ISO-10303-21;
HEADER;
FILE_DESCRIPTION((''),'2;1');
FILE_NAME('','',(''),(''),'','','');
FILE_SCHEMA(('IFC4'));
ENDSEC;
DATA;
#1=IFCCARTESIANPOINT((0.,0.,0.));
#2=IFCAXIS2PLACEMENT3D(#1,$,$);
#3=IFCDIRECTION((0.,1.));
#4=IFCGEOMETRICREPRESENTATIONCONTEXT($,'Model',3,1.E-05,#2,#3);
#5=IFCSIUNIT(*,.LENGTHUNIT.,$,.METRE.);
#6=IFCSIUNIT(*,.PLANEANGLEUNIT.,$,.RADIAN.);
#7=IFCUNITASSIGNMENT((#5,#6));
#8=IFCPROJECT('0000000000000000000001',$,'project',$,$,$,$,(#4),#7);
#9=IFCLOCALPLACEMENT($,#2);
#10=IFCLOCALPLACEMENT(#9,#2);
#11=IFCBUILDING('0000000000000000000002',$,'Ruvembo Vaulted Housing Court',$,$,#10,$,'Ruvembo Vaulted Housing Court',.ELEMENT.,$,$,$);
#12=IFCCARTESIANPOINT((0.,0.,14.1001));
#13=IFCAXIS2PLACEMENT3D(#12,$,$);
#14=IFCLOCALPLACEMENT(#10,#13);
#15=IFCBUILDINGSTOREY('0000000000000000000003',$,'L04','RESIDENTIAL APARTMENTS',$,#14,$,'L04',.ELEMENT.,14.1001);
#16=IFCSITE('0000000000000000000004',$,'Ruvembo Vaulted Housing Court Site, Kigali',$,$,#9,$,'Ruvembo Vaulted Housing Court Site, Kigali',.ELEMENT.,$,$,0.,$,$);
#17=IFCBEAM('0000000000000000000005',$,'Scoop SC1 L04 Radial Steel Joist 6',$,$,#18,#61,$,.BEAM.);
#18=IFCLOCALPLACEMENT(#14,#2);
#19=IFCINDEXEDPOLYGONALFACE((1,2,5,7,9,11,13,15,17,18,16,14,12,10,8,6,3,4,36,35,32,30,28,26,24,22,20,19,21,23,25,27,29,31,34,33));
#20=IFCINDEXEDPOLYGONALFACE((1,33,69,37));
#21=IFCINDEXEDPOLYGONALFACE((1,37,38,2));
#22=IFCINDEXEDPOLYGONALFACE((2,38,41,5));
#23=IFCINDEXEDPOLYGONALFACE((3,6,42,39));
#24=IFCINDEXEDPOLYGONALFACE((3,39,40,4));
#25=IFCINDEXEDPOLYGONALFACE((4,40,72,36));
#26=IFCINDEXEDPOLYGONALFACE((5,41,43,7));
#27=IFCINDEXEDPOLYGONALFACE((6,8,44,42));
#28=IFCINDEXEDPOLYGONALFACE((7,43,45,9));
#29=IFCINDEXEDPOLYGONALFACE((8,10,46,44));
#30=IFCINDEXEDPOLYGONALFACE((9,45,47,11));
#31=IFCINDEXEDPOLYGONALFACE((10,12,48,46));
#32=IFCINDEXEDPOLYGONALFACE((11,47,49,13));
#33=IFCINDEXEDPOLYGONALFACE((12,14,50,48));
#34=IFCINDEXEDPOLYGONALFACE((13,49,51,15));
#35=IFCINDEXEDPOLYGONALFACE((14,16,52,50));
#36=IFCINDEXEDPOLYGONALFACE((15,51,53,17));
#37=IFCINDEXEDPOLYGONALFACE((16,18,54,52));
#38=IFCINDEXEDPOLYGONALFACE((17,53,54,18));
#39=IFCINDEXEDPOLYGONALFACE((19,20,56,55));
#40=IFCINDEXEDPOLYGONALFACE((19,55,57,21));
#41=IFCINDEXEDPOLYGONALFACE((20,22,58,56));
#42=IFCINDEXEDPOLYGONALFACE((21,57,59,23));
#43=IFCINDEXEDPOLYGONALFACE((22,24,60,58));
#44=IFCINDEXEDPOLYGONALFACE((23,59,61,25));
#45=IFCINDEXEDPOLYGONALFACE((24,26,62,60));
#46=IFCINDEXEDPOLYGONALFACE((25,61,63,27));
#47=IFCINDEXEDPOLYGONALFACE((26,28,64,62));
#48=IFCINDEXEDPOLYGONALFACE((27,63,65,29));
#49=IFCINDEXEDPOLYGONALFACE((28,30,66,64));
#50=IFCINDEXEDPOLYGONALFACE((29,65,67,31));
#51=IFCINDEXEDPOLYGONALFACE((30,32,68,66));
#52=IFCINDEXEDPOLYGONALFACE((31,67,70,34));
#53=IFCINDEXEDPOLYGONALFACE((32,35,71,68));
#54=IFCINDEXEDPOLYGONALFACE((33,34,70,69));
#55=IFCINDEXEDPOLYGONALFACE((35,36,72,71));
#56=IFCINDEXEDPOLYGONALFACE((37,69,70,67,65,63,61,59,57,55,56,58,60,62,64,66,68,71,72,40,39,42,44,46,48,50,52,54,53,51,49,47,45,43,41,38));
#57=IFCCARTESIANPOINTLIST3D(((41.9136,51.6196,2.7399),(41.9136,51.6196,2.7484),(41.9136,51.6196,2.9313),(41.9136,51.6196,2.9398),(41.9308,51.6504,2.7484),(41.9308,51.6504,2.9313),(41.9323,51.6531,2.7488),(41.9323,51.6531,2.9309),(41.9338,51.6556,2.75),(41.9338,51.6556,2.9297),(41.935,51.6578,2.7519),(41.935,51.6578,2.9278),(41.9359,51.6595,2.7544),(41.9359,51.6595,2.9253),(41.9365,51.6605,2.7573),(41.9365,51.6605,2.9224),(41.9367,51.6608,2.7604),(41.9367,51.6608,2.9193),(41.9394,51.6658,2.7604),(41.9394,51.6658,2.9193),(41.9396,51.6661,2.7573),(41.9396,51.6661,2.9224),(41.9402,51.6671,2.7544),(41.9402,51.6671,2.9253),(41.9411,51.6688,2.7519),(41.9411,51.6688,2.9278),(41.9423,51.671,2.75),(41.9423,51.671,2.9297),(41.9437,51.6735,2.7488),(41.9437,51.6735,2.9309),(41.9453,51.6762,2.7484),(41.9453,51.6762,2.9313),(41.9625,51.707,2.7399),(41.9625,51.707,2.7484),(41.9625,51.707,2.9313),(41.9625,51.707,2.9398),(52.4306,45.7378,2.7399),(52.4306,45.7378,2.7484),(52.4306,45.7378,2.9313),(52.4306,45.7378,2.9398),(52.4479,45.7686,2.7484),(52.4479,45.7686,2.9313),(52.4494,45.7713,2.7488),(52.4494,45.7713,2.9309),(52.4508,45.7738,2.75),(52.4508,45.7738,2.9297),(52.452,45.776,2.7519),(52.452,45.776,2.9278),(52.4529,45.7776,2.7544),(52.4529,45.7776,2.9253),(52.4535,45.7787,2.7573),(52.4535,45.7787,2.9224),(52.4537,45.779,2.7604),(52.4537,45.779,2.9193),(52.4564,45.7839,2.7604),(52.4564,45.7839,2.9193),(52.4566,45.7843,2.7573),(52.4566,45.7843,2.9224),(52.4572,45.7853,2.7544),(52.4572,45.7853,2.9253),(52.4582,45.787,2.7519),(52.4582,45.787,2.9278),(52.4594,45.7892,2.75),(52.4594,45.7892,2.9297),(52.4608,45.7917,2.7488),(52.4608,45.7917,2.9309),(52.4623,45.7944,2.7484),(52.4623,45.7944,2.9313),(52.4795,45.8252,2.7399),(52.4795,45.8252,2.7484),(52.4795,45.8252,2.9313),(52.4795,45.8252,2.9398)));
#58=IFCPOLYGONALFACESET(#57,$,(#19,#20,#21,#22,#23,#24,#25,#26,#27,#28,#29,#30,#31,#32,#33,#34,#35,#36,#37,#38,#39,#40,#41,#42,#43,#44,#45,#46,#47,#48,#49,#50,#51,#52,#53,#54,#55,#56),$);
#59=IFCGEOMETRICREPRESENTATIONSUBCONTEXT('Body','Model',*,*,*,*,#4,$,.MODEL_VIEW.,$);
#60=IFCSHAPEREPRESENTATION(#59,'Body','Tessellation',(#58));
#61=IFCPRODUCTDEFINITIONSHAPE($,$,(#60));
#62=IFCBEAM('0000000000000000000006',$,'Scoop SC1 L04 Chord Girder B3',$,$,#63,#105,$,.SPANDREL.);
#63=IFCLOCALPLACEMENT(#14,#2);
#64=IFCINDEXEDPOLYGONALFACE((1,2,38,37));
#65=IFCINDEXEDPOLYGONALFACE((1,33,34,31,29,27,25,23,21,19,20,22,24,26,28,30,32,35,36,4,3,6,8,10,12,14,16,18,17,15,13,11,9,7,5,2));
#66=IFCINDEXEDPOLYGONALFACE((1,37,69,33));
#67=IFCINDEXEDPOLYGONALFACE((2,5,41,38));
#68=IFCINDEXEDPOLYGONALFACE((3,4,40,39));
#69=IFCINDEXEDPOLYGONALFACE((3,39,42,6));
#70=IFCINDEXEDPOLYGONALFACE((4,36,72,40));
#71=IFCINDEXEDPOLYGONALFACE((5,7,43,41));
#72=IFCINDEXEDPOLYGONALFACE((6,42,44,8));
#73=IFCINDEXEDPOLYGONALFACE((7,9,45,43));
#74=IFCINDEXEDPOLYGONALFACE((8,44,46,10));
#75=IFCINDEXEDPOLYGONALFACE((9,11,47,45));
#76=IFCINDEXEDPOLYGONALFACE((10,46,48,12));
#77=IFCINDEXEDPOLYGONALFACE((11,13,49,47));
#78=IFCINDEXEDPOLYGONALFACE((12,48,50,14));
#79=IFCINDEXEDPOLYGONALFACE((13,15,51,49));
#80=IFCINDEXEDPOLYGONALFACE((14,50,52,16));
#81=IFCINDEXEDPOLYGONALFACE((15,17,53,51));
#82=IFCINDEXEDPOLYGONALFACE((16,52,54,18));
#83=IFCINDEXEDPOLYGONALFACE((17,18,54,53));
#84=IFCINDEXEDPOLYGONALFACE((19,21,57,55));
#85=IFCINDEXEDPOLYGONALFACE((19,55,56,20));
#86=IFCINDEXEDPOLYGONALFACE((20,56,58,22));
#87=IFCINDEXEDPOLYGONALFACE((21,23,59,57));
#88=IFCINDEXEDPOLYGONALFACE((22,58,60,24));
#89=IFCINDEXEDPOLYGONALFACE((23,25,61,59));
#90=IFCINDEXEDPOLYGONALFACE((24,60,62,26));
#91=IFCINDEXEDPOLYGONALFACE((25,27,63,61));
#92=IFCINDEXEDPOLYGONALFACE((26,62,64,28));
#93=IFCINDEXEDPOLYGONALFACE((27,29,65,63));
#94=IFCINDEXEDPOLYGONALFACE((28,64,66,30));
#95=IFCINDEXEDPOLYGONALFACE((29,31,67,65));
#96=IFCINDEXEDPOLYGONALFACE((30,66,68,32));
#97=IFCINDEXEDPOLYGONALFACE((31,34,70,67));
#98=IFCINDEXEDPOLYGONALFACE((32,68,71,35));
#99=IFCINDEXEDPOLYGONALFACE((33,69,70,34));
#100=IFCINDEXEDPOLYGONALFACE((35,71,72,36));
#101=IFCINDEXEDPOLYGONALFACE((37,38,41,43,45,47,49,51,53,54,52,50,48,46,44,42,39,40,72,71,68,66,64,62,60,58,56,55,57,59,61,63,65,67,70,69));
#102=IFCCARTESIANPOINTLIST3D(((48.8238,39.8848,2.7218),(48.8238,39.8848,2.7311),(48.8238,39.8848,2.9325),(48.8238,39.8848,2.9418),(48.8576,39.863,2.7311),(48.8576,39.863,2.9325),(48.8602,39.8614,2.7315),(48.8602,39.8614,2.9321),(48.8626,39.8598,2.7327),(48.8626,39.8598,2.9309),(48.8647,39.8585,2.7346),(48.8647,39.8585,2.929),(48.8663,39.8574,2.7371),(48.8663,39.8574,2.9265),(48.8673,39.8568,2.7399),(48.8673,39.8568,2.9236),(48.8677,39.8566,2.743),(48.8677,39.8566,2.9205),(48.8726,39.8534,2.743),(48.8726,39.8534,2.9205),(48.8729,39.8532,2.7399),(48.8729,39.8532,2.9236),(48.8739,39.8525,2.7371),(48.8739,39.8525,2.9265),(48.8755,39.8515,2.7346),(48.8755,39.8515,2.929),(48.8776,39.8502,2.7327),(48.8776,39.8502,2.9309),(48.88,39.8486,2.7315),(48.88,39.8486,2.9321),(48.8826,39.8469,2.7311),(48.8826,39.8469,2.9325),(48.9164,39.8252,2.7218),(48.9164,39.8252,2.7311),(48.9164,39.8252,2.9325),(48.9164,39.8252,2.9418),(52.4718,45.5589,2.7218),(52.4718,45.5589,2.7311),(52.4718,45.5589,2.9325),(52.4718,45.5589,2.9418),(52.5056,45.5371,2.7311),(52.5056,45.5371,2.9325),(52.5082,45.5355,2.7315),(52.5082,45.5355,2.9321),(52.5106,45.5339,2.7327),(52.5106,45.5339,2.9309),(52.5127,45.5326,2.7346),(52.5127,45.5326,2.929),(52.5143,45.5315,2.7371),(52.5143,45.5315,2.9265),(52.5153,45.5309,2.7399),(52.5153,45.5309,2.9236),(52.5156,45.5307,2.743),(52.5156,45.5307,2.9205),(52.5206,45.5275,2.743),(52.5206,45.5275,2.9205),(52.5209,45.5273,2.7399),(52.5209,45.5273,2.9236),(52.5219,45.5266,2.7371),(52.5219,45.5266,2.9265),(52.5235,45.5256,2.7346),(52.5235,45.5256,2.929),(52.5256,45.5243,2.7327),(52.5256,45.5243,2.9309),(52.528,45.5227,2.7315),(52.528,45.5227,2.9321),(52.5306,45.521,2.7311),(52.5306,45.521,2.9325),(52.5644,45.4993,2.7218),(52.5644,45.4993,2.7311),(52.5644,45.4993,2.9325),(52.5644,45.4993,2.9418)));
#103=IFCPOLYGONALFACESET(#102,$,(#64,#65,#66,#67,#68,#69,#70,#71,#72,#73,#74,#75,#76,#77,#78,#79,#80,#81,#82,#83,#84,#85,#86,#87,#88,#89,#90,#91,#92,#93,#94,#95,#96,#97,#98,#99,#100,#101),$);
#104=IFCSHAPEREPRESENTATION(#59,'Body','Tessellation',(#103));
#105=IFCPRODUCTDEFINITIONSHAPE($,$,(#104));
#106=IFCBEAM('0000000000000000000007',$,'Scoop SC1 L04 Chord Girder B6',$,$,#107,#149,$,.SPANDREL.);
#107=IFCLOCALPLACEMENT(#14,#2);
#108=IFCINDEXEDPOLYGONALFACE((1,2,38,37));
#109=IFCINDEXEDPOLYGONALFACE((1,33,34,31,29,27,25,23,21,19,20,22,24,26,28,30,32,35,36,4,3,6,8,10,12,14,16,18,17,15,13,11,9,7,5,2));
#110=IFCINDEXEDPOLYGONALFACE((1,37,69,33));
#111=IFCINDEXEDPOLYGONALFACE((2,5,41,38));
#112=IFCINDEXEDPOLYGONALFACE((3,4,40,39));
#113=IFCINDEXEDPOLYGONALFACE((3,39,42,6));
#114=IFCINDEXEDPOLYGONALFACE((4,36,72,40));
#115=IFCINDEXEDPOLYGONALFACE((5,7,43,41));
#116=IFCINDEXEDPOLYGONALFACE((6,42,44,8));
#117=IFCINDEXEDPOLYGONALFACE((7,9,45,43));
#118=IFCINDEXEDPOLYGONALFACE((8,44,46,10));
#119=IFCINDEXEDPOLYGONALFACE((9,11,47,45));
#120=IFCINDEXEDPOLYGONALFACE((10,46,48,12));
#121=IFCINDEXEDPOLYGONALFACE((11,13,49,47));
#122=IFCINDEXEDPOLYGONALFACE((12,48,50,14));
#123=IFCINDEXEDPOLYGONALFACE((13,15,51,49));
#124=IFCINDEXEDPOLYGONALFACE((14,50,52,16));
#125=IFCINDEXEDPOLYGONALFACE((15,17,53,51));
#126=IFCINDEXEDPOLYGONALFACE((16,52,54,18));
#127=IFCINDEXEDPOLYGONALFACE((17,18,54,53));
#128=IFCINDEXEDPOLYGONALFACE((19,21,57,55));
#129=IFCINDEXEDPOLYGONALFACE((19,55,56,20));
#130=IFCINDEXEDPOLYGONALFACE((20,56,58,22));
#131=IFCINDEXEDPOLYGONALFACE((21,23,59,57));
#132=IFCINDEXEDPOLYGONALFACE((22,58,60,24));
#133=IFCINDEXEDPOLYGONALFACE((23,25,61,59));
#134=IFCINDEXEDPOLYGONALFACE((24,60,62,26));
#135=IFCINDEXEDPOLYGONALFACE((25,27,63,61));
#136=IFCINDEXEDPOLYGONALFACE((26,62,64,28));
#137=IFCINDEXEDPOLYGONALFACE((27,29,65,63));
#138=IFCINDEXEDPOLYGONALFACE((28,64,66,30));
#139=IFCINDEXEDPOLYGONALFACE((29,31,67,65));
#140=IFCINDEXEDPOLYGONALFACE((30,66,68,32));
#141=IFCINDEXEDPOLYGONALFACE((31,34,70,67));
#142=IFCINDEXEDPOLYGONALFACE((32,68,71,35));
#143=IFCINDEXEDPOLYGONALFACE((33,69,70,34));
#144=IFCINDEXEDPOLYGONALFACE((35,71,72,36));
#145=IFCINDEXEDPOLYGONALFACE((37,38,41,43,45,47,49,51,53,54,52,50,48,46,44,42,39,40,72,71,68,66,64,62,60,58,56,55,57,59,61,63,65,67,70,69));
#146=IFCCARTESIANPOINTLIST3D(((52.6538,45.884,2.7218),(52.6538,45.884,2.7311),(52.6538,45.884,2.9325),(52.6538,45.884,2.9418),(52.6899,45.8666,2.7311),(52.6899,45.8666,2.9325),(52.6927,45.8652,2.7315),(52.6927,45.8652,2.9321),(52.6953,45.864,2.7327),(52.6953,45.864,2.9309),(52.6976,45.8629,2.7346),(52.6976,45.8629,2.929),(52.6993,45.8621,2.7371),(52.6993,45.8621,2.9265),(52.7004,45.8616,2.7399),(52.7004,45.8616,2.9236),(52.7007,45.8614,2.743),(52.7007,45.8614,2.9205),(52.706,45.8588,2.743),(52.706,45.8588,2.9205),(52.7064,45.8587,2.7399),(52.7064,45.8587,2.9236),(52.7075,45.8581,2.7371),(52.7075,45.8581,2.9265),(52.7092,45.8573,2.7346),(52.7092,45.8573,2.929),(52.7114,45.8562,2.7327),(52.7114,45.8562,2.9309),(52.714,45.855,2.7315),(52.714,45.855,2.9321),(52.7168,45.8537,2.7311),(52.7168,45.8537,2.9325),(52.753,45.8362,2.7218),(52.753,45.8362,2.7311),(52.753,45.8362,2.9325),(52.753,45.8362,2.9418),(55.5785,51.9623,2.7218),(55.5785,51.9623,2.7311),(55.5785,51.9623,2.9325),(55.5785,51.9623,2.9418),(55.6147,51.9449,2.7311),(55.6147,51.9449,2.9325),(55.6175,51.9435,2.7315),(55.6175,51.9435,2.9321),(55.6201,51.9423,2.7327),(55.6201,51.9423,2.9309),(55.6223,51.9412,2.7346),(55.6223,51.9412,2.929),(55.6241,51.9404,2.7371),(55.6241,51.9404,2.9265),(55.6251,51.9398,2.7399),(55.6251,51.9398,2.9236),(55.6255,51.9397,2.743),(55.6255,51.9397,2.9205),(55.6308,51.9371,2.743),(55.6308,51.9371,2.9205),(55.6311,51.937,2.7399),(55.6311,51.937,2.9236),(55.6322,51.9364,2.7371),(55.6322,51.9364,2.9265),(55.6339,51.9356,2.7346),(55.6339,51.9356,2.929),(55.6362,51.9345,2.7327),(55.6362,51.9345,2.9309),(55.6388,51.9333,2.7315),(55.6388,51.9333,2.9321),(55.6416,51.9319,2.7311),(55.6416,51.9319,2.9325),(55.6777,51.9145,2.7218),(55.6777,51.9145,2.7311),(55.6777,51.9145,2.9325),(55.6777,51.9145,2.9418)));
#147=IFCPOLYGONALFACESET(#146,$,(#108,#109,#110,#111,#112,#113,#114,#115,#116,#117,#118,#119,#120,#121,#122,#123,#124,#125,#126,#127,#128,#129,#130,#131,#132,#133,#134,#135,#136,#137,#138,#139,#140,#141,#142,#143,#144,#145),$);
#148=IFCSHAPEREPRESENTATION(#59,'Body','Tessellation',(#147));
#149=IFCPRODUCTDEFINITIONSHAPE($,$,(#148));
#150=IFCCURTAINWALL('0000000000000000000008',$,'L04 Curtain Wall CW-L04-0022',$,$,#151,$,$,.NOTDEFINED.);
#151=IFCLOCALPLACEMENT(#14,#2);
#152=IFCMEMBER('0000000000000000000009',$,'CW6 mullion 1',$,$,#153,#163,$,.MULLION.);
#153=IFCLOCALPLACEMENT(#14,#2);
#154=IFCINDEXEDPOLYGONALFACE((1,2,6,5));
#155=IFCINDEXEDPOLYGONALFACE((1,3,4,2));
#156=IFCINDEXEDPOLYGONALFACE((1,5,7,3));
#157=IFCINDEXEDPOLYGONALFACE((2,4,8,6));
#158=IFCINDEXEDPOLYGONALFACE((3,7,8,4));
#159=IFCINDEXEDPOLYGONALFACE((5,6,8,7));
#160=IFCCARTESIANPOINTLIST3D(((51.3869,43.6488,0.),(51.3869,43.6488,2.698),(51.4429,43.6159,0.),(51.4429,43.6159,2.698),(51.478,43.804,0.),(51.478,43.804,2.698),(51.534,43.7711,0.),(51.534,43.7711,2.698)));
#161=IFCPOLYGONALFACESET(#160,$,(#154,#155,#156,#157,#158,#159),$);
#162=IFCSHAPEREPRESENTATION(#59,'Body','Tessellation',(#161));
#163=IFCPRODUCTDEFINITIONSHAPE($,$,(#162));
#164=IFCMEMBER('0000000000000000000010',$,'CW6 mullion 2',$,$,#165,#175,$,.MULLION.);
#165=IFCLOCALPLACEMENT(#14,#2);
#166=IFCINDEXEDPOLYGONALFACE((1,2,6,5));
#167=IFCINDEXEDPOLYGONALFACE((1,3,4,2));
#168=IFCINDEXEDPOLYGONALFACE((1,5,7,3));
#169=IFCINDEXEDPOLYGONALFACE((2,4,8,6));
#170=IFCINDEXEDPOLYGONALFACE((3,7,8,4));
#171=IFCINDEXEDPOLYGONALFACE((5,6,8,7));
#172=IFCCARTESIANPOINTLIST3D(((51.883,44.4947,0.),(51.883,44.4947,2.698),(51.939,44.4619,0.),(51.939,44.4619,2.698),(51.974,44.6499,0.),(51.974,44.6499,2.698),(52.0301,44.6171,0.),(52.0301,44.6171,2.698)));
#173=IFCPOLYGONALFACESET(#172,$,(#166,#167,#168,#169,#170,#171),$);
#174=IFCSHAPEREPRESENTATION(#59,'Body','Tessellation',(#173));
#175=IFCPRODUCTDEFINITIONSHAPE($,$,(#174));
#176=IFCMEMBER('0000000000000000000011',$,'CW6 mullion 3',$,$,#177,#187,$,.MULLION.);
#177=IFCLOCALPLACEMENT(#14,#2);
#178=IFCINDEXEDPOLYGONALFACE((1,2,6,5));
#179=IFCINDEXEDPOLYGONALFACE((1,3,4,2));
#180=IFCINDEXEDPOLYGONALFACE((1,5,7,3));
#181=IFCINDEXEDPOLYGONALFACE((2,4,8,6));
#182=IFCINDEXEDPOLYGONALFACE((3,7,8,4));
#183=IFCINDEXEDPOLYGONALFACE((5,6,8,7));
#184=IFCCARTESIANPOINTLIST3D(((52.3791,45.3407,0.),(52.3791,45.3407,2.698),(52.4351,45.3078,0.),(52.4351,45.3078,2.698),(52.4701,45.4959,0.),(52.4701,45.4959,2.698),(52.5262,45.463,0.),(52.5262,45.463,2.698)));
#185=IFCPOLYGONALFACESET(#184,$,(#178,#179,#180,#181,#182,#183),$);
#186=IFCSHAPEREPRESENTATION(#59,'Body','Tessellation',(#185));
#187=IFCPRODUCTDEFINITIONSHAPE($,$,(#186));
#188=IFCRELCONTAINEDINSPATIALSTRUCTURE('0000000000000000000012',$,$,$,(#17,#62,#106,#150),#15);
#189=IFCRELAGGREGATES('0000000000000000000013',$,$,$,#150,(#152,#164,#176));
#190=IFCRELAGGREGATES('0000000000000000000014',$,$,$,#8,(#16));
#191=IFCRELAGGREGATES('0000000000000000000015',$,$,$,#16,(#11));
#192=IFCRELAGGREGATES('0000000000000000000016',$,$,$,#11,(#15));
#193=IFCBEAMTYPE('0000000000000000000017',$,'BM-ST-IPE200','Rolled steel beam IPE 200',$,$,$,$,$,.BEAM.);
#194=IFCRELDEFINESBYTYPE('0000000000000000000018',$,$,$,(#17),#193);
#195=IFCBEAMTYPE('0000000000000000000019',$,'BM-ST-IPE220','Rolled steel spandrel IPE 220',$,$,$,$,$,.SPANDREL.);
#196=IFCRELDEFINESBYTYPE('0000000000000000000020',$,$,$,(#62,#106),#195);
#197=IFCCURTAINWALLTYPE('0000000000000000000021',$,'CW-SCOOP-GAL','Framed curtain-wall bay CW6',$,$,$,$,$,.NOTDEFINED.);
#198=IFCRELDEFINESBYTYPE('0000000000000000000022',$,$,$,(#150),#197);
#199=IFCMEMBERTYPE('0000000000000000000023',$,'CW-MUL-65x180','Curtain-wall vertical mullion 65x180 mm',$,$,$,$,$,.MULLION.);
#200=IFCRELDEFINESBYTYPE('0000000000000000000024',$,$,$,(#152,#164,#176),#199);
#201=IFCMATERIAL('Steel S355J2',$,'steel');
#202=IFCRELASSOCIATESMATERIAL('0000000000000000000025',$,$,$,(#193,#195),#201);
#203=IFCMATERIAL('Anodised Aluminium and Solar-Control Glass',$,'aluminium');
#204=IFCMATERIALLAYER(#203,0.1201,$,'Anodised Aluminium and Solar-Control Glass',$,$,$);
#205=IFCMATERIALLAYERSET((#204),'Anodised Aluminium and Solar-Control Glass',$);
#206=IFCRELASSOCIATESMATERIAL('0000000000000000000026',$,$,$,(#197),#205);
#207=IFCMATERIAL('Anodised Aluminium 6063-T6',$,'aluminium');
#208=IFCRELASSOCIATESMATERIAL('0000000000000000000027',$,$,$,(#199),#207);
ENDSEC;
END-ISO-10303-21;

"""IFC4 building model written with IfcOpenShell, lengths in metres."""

from ifc_helpers import new_model, si_unit, direction, frame, origin, origin_2d, place, context, subcontext, project, spatial, rectangle, i_section, extrude, material, layer, layer_set, material_profile, profile_set, type_object, element, aggregate, save


model = new_model("IFC4")

# Units and contexts
model_context = context("Model", 3, precision=1e-05, world=origin(), true_north=direction((0.0, 1.0)))
body_context = subcontext(model_context, "Body", "Model", "MODEL_VIEW")
ifc_project = project(units=[si_unit("LENGTHUNIT", "METRE"), si_unit("PLANEANGLEUNIT", "RADIAN")], contexts=[model_context])

# Site, building, storey
site_placement = place(None, origin())
site = spatial("IfcSite", under=ifc_project, at=site_placement, Name="Ruvembo Vaulted Housing Court Site, Kigali", LongName="Ruvembo Vaulted Housing Court Site, Kigali", CompositionType="ELEMENT", RefElevation=0.0)
building_placement = place(site_placement, origin())
building = spatial("IfcBuilding", under=site, at=building_placement, Name="Ruvembo Vaulted Housing Court", LongName="Ruvembo Vaulted Housing Court", CompositionType="ELEMENT")
storey_placement = place(building_placement, frame((0.0, 0.0, 14.1001)))
storey = spatial("IfcBuildingStorey", under=building, at=storey_placement, Name="L04", Description="RESIDENTIAL APARTMENTS", LongName="L04", CompositionType="ELEMENT", Elevation=14.1001)

# Beams
ifc_material_1 = material(Name="Steel S355J2", Category="steel")
ifc_material_profile_1 = material_profile(ifc_material_1, i_section(OverallWidth=0.1001, OverallDepth=0.2, WebThickness=0.0056, FlangeThickness=0.0085, FilletRadius=0.012, at=origin_2d()), Name="IPE 200")
ifc_profile_set_1 = profile_set([ifc_material_profile_1], Name="Steel S355J2")
beam_type_1 = type_object("IfcBeamType", Name="BM-ST-IPE200", Description="Rolled steel beam IPE 200", PredefinedType="BEAM", material=ifc_profile_set_1)
for number, where, z_axis, x_axis, name in (
    (1, (52.4551, 45.7815, 2.8398), (-0.87278, 0.488115, 0.0), (-0.488115, -0.87278, 0.0), "Scoop SC1 L04 Radial Steel Joist 6"),
):
    element("IfcBeam", number, at=place(storey_placement, frame(where, z_axis=z_axis, x_axis=x_axis)), inside=storey, type_object=beam_type_1, Name=name, PredefinedType="BEAM", context=body_context, shape_type="SweptSolid", body=[
        extrude(i_section(OverallWidth=0.1001, OverallDepth=0.2, WebThickness=0.0056, FlangeThickness=0.0085, FilletRadius=0.012, at=origin_2d()), origin(), (0.0, 0.0, 1.0), 12.05),
    ])
ifc_material_profile_2 = material_profile(ifc_material_1, i_section(OverallWidth=0.1101, OverallDepth=0.22, WebThickness=0.0059, FlangeThickness=0.0093, FilletRadius=0.012, at=origin_2d()), Name="IPE 220")
ifc_profile_set_2 = profile_set([ifc_material_profile_2], Name="Steel S355J2")
beam_type_2 = type_object("IfcBeamType", Name="BM-ST-IPE220", Description="Rolled steel spandrel IPE 220", PredefinedType="SPANDREL", material=ifc_profile_set_2)
beam_1_placement = place(storey_placement, frame((48.8701, 39.855, 2.8318), z_axis=(0.540792, 0.841156, 0.0), x_axis=(-0.841156, 0.540792, 0.0)))
element("IfcBeam", 2, at=beam_1_placement, inside=storey, type_object=beam_type_2, Name="Scoop SC1 L04 Chord Girder B3", PredefinedType="SPANDREL", context=body_context, shape_type="SweptSolid", body=[
    extrude(i_section(OverallWidth=0.1101, OverallDepth=0.22, WebThickness=0.0059, FlangeThickness=0.0093, FilletRadius=0.012, at=origin_2d()), origin(), (0.0, 0.0, 1.0), 6.7456),
])
beam_2_placement = place(storey_placement, frame((52.7034, 45.8601, 2.8318), z_axis=(0.433597, 0.901107, 0.0), x_axis=(-0.901107, 0.433597, 0.0)))
element("IfcBeam", 3, at=beam_2_placement, inside=storey, type_object=beam_type_2, Name="Scoop SC1 L04 Chord Girder B6", PredefinedType="SPANDREL", context=body_context, shape_type="SweptSolid", body=[
    extrude(i_section(OverallWidth=0.1101, OverallDepth=0.22, WebThickness=0.0059, FlangeThickness=0.0093, FilletRadius=0.012, at=origin_2d()), origin(), (0.0, 0.0, 1.0), 6.7454),
])

# Curtain wall, members
ifc_material_2 = material(Name="Anodised Aluminium and Solar-Control Glass", Category="aluminium")
ifc_layer_1 = layer(ifc_material_2, 0.1201, Name="Anodised Aluminium and Solar-Control Glass")
ifc_layer_set_1 = layer_set([ifc_layer_1], Name="Anodised Aluminium and Solar-Control Glass")
curtain_wall_type = type_object("IfcCurtainWallType", Name="CW-SCOOP-GAL", Description="Framed curtain-wall bay CW6", PredefinedType="NOTDEFINED", material=ifc_layer_set_1)
curtain_wall_placement = place(storey_placement, origin())
curtain_wall = element("IfcCurtainWall", 4, at=curtain_wall_placement, inside=storey, type_object=curtain_wall_type, Name="L04 Curtain Wall CW-L04-0022", PredefinedType="NOTDEFINED")
ifc_material_3 = material(Name="Anodised Aluminium 6063-T6", Category="aluminium")
ifc_material_profile_3 = material_profile(ifc_material_3, rectangle(XDim=0.0649, YDim=0.1799, at=origin_2d()), Name="ALU 65x180")
ifc_profile_set_3 = profile_set([ifc_material_profile_3], Name="Anodised Aluminium 6063-T6")
member_type_1 = type_object("IfcMemberType", Name="CW-MUL-65x180", Description="Curtain-wall vertical mullion 65x180 mm", PredefinedType="MULLION", material=ifc_profile_set_3)
member_1_placement = place(storey_placement, frame((51.4604, 43.71, 0.0), z_axis=(0.0, 0.0, 1.0), x_axis=(-0.862601, 0.505885, 0.0)))
member_1 = element("IfcMember", 5, at=member_1_placement, type_object=member_type_1, Name="CW6 mullion 1", PredefinedType="MULLION", context=body_context, shape_type="SweptSolid", body=[
    extrude(rectangle(XDim=0.0649, YDim=0.1799, at=origin_2d()), origin(), (0.0, 0.0, 1.0), 2.698),
])
member_2_placement = place(storey_placement, frame((51.9565, 44.5559, 0.0), z_axis=(0.0, 0.0, 1.0), x_axis=(-0.862601, 0.505885, 0.0)))
member_2 = element("IfcMember", 6, at=member_2_placement, type_object=member_type_1, Name="CW6 mullion 2", PredefinedType="MULLION", context=body_context, shape_type="SweptSolid", body=[
    extrude(rectangle(XDim=0.0649, YDim=0.1799, at=origin_2d()), origin(), (0.0, 0.0, 1.0), 2.698),
])
member_3_placement = place(storey_placement, frame((52.4526, 45.4019, 0.0), z_axis=(0.0, 0.0, 1.0), x_axis=(-0.862601, 0.505885, 0.0)))
member_3 = element("IfcMember", 7, at=member_3_placement, type_object=member_type_1, Name="CW6 mullion 3", PredefinedType="MULLION", context=body_context, shape_type="SweptSolid", body=[
    extrude(rectangle(XDim=0.0649, YDim=0.1799, at=origin_2d()), origin(), (0.0, 0.0, 1.0), 2.698),
])
aggregate(curtain_wall, [member_1, member_2, member_3])

save(model, "model.ifc")
